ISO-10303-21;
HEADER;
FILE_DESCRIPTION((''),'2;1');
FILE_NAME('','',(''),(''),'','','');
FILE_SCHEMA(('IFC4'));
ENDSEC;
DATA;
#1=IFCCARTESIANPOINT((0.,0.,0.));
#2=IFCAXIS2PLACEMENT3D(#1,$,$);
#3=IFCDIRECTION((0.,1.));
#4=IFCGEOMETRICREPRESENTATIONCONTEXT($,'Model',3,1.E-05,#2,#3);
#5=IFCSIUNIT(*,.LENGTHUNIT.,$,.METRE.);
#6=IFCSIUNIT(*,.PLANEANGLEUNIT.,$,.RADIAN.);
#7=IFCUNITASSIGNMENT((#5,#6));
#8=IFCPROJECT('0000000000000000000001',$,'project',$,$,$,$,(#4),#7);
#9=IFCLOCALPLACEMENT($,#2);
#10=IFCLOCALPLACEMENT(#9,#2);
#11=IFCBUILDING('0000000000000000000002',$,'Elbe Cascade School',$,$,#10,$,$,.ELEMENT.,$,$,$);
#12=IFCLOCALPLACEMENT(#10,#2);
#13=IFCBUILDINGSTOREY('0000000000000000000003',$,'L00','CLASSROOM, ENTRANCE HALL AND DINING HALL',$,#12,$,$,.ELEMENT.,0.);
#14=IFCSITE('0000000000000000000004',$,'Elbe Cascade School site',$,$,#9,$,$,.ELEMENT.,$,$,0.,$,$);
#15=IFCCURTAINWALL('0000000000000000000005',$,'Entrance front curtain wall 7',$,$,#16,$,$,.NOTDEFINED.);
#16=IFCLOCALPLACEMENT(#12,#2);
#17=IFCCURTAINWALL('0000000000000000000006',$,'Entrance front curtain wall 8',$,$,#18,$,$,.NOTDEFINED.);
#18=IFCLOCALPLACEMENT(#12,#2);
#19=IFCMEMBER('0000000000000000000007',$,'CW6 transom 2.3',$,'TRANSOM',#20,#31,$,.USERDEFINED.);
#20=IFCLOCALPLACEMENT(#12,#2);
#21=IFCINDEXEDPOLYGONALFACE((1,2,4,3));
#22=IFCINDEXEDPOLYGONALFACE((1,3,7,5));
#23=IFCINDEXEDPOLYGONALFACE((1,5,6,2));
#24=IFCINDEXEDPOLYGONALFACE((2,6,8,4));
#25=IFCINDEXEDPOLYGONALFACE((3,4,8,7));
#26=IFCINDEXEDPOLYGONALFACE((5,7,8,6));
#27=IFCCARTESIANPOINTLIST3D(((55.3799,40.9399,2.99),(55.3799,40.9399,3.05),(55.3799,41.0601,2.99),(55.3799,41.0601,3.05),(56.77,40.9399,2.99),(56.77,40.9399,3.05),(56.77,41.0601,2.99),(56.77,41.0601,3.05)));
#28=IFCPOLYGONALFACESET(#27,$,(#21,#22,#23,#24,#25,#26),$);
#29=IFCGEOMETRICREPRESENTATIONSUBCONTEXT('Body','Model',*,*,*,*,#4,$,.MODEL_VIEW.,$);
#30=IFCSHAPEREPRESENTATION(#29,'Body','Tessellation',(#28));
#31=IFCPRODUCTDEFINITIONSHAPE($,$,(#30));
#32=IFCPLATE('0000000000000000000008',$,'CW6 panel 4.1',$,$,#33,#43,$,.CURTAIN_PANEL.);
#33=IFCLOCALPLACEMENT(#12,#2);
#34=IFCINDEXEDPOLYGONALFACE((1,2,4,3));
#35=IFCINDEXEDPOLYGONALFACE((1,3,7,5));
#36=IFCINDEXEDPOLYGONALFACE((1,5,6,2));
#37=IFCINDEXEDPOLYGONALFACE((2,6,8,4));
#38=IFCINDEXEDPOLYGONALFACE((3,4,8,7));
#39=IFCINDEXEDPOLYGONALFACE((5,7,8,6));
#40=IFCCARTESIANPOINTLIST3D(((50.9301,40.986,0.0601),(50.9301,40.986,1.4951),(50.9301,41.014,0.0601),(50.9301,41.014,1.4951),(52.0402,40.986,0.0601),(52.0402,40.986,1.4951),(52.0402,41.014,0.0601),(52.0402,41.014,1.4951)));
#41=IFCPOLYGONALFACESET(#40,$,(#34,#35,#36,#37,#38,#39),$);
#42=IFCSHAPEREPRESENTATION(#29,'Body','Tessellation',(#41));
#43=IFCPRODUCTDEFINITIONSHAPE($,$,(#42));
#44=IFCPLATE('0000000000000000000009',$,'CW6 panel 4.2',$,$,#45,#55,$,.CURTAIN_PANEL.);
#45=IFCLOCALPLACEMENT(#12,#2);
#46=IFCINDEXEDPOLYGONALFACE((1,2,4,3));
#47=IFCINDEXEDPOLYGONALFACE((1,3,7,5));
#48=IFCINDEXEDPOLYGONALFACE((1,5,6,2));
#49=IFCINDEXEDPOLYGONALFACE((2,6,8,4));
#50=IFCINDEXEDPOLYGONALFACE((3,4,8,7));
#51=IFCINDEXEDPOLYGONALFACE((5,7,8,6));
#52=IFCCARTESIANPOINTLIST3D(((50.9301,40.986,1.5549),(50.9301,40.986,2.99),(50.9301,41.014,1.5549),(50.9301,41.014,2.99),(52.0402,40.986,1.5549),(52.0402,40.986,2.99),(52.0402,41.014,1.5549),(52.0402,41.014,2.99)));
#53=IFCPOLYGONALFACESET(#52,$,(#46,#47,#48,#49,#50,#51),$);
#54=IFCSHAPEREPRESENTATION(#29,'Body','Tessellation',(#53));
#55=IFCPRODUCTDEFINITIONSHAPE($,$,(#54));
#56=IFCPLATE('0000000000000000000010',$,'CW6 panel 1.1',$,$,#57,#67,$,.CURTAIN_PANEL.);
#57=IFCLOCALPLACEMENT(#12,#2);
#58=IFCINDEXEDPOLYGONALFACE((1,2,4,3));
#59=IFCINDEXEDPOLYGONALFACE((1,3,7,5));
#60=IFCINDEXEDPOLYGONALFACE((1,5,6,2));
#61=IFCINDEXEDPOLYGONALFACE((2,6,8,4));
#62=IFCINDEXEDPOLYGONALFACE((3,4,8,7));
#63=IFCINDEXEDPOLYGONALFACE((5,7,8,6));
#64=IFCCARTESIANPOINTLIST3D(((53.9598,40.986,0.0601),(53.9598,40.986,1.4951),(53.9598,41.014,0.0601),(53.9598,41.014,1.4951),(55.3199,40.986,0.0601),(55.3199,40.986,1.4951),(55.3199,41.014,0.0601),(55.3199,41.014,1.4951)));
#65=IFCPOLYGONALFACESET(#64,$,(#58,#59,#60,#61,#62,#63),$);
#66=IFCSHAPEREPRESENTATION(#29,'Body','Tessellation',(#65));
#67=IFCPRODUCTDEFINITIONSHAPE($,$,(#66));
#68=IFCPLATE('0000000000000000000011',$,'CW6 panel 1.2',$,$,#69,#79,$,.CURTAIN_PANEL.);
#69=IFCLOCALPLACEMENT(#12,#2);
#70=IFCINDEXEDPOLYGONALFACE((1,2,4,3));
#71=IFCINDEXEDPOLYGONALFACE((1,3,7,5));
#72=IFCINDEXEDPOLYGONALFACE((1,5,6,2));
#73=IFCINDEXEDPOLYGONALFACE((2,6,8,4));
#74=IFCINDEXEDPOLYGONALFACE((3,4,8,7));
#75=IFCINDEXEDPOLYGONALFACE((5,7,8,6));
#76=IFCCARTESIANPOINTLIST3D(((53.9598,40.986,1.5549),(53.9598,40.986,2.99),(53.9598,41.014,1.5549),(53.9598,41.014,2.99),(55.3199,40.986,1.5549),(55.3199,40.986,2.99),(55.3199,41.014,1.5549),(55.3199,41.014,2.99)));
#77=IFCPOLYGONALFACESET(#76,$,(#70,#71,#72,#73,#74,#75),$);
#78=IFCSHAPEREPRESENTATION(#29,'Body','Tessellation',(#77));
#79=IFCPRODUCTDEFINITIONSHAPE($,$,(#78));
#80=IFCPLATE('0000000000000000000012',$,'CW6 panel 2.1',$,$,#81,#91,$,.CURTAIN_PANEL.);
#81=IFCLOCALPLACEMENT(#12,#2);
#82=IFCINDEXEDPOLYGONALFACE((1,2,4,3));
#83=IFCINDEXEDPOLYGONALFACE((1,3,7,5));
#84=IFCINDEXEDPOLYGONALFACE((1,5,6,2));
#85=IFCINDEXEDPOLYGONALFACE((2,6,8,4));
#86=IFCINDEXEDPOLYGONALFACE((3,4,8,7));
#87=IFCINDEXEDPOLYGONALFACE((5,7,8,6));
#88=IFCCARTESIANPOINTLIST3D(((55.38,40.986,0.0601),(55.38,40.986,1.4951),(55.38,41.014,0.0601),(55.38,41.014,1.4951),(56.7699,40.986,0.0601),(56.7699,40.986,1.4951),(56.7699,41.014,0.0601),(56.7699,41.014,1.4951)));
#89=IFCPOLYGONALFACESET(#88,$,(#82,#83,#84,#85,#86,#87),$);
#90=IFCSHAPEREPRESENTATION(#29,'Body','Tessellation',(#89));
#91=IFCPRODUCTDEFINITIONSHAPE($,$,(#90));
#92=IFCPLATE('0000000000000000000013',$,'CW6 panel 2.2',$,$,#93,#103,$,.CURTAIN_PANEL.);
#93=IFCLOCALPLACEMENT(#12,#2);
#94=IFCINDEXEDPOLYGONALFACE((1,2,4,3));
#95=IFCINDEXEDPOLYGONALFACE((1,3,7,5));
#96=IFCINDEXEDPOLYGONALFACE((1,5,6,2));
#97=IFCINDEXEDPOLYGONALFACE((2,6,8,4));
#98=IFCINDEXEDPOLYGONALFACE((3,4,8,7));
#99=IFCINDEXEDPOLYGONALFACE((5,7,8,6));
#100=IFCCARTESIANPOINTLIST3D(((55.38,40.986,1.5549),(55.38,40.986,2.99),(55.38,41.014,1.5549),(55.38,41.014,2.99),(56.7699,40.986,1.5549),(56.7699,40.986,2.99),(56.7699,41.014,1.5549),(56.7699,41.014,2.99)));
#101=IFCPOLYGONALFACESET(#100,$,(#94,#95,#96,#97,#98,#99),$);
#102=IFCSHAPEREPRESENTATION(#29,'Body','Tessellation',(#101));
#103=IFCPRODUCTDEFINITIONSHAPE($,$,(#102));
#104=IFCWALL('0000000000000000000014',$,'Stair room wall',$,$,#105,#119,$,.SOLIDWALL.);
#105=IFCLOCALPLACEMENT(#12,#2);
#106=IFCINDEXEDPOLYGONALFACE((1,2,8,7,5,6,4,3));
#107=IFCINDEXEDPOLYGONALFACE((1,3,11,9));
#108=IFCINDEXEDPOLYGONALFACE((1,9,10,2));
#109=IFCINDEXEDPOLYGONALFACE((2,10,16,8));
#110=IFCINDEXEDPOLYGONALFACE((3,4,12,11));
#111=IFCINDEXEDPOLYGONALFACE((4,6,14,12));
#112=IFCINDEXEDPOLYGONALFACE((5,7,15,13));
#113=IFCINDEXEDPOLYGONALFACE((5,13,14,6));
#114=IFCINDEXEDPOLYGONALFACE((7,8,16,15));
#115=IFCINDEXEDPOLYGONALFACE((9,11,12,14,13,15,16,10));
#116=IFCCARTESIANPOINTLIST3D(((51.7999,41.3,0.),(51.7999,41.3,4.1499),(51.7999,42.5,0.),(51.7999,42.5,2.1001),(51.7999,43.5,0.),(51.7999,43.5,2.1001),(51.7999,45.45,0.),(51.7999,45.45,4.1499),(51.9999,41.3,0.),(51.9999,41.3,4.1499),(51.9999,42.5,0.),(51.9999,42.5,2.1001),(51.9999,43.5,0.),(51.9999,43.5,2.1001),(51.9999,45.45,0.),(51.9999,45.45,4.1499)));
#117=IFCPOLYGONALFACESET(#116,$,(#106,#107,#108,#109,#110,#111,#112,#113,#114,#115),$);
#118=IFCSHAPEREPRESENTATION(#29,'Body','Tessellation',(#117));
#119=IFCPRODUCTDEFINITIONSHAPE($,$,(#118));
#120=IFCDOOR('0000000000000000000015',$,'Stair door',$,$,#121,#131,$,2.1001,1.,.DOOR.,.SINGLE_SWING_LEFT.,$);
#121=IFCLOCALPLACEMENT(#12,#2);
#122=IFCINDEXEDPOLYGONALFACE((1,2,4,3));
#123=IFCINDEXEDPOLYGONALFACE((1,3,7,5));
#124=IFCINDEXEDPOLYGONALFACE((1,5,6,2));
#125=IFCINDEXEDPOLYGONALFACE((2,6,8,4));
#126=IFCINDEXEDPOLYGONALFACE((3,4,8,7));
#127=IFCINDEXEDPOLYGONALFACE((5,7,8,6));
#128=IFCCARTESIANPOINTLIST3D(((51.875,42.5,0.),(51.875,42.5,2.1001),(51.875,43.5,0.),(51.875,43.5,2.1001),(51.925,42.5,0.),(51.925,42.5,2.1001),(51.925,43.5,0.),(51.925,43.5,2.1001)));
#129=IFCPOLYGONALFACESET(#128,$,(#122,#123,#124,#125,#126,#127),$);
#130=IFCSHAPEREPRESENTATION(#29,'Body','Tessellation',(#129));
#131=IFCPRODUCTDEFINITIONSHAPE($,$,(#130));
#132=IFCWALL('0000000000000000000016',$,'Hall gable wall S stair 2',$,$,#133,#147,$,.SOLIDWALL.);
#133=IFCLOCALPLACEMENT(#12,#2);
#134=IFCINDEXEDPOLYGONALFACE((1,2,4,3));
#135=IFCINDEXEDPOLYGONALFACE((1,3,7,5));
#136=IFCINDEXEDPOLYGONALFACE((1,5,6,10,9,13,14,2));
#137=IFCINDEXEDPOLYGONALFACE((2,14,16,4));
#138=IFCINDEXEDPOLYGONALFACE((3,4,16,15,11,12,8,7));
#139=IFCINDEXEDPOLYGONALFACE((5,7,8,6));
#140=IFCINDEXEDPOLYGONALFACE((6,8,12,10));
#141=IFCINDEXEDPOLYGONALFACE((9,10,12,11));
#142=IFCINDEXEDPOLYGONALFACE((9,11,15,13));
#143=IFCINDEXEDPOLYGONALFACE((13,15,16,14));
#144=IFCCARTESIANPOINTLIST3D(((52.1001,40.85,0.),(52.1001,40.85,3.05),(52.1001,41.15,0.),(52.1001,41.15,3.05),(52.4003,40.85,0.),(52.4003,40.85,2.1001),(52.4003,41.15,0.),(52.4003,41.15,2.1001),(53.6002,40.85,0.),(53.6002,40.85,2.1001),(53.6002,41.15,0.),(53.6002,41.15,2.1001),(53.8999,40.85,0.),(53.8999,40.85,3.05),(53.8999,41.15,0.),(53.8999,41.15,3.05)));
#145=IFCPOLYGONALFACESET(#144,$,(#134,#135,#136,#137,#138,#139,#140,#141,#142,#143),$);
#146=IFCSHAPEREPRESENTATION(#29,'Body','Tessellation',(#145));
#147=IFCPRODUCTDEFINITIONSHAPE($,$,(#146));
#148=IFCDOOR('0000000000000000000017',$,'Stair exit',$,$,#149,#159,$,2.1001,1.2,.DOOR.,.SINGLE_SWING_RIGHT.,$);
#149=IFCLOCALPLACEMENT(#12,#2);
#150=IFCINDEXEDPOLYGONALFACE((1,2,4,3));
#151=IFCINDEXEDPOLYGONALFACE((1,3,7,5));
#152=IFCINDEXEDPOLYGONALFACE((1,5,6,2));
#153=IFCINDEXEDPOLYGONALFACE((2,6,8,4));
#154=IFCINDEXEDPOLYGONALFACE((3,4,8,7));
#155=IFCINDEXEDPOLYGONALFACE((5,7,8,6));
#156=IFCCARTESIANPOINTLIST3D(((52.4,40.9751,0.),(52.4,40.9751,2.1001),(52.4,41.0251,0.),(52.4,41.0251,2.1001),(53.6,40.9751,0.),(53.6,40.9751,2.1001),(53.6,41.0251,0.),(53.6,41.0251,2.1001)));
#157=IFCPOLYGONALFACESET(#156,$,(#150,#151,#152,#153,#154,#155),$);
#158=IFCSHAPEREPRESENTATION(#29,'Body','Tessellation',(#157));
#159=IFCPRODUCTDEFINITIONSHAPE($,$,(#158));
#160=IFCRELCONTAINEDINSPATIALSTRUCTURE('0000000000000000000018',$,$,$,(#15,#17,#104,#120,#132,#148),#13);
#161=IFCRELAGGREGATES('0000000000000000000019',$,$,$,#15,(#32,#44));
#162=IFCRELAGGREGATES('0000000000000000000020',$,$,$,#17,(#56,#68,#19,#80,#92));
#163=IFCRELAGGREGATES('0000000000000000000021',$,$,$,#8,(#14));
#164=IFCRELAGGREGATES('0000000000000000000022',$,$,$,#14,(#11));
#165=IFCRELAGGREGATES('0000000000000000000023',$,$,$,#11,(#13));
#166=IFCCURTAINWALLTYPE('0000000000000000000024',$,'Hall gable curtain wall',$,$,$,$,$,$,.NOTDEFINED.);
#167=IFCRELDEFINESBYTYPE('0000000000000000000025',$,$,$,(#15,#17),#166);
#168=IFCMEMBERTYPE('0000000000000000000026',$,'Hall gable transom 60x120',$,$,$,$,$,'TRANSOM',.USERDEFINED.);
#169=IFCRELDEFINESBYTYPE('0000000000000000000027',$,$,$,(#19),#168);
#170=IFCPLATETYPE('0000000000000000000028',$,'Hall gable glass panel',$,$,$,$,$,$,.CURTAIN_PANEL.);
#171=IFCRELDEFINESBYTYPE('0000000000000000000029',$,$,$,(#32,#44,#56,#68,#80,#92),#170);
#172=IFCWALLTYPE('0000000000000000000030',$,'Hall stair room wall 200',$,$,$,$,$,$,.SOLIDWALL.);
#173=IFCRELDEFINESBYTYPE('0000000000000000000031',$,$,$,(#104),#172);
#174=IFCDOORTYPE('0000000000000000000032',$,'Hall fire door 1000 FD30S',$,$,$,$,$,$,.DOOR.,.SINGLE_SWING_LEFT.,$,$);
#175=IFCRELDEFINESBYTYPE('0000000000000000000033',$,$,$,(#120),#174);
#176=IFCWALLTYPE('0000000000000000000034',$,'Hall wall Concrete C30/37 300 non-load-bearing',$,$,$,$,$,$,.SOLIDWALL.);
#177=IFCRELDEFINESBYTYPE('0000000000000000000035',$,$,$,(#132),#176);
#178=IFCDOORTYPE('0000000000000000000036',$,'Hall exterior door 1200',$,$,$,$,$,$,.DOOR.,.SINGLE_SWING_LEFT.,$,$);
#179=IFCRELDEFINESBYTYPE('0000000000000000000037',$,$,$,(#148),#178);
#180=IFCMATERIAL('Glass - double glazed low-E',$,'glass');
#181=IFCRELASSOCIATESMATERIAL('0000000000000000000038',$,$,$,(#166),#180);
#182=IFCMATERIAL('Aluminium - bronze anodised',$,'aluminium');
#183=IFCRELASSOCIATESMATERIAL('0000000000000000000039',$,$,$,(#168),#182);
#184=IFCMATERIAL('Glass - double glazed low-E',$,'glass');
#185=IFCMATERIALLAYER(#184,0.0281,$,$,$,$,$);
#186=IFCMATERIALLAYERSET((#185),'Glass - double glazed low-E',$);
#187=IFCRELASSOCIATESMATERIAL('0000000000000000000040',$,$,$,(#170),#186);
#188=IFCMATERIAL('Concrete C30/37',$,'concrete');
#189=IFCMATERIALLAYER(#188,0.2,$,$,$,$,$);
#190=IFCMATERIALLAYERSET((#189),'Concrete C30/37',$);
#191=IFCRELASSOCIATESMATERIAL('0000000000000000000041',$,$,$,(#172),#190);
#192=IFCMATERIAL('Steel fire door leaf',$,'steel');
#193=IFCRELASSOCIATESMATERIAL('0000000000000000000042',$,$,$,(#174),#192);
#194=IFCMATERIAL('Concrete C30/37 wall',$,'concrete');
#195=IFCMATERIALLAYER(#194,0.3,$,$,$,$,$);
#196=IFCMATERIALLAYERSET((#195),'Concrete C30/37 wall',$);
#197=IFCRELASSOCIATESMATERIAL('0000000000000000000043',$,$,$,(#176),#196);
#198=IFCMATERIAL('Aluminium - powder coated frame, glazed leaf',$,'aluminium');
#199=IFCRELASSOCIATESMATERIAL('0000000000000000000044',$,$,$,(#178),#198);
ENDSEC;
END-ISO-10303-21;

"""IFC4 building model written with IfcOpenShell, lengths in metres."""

from ifc_helpers import new_model, si_unit, direction, frame, frame_2d, origin, origin_2d, place, context, subcontext, project, spatial, rectangle, extrude, material, layer, layer_set, material_profile, profile_set, type_object, element, fill, aggregate, save


model = new_model("IFC4")

# Units and contexts
model_context = context("Model", 3, precision=1e-05, world=origin(), true_north=direction((0.0, 1.0)))
body_context = subcontext(model_context, "Body", "Model", "MODEL_VIEW")
ifc_project = project(units=[si_unit("LENGTHUNIT", "METRE"), si_unit("PLANEANGLEUNIT", "RADIAN")], contexts=[model_context])

# Site, building, storey
site_placement = place(None, origin())
site = spatial("IfcSite", under=ifc_project, at=site_placement, Name="Elbe Cascade School site", CompositionType="ELEMENT", RefElevation=0.0)
building_placement = place(site_placement, origin())
building = spatial("IfcBuilding", under=site, at=building_placement, Name="Elbe Cascade School", CompositionType="ELEMENT")
storey_placement = place(building_placement, origin())
storey = spatial("IfcBuildingStorey", under=building, at=storey_placement, Name="L00", Description="CLASSROOM, ENTRANCE HALL AND DINING HALL", CompositionType="ELEMENT", Elevation=0.0)

# Curtain wall
ifc_material_1 = material(Name="Glass - double glazed low-E", Category="glass")
curtain_wall_type = type_object("IfcCurtainWallType", Name="Hall gable curtain wall", PredefinedType="NOTDEFINED", material=ifc_material_1)
curtain_wall_1_placement = place(storey_placement, origin())
curtain_wall_1 = element("IfcCurtainWall", 1, at=curtain_wall_1_placement, inside=storey, type_object=curtain_wall_type, Name="Entrance front curtain wall 7", PredefinedType="NOTDEFINED")

# Curtain wall, member
curtain_wall_2_placement = place(storey_placement, origin())
curtain_wall_2 = element("IfcCurtainWall", 2, at=curtain_wall_2_placement, inside=storey, type_object=curtain_wall_type, Name="Entrance front curtain wall 8", PredefinedType="NOTDEFINED")
ifc_material_2 = material(Name="Aluminium - bronze anodised", Category="aluminium")
ifc_material_profile_1 = material_profile(ifc_material_2, rectangle(XDim=0.1201, YDim=0.0601, at=origin_2d()), Name="Alu 60x120")
ifc_profile_set_1 = profile_set([ifc_material_profile_1], Name="Aluminium - bronze anodised")
member_type_1 = type_object("IfcMemberType", Name="Hall gable transom 60x120", ElementType="TRANSOM", PredefinedType="USERDEFINED", material=ifc_profile_set_1)
member_1_placement = place(storey_placement, frame((55.3799, 41.0, 3.02), z_axis=(1.0, 0.0, 0.0), x_axis=(0.0, 1.0, 0.0)))
member_1 = element("IfcMember", 3, at=member_1_placement, type_object=member_type_1, Name="CW6 transom 2.3", ObjectType="TRANSOM", PredefinedType="USERDEFINED", context=body_context, shape_type="SweptSolid", body=[
    extrude(rectangle(XDim=0.1201, YDim=0.0601, at=origin_2d()), origin(), (0.0, 0.0, 1.0), 1.3901),
])

# Plates
ifc_material_3 = material(Name="Glass - double glazed low-E", Category="glass")
ifc_layer_1 = layer(ifc_material_3, 0.0281)
ifc_layer_set_1 = layer_set([ifc_layer_1], Name="Glass - double glazed low-E")
plate_type = type_object("IfcPlateType", Name="Hall gable glass panel", PredefinedType="CURTAIN_PANEL", material=ifc_layer_set_1)
plate_1_placement = place(storey_placement, frame((51.4851, 41.0, 0.0601), z_axis=(0.0, 0.0, 1.0), x_axis=(1.0, 0.0, 0.0)))
plate_1 = element("IfcPlate", 4, at=plate_1_placement, type_object=plate_type, Name="CW6 panel 4.1", PredefinedType="CURTAIN_PANEL", context=body_context, shape_type="SweptSolid", body=[
    extrude(rectangle(XDim=1.1101, YDim=0.0281, at=origin_2d()), origin(), (0.0, 0.0, 1.0), 1.4351),
])
plate_2_placement = place(storey_placement, frame((51.4851, 41.0, 1.5549), z_axis=(0.0, 0.0, 1.0), x_axis=(1.0, 0.0, 0.0)))
plate_2 = element("IfcPlate", 5, at=plate_2_placement, type_object=plate_type, Name="CW6 panel 4.2", PredefinedType="CURTAIN_PANEL", context=body_context, shape_type="SweptSolid", body=[
    extrude(rectangle(XDim=1.1101, YDim=0.0281, at=origin_2d()), origin(), (0.0, 0.0, 1.0), 1.4351),
])
aggregate(curtain_wall_1, [plate_1, plate_2])
plate_3_placement = place(storey_placement, frame((54.6399, 41.0, 0.0601), z_axis=(0.0, 0.0, 1.0), x_axis=(1.0, 0.0, 0.0)))
plate_3 = element("IfcPlate", 6, at=plate_3_placement, type_object=plate_type, Name="CW6 panel 1.1", PredefinedType="CURTAIN_PANEL", context=body_context, shape_type="SweptSolid", body=[
    extrude(rectangle(XDim=1.3601, YDim=0.0281, at=origin_2d()), origin(), (0.0, 0.0, 1.0), 1.4351),
])
plate_4_placement = place(storey_placement, frame((54.6399, 41.0, 1.5549), z_axis=(0.0, 0.0, 1.0), x_axis=(1.0, 0.0, 0.0)))
plate_4 = element("IfcPlate", 7, at=plate_4_placement, type_object=plate_type, Name="CW6 panel 1.2", PredefinedType="CURTAIN_PANEL", context=body_context, shape_type="SweptSolid", body=[
    extrude(rectangle(XDim=1.3601, YDim=0.0281, at=origin_2d()), origin(), (0.0, 0.0, 1.0), 1.4351),
])
plate_5_placement = place(storey_placement, frame((56.075, 41.0, 0.0601), z_axis=(0.0, 0.0, 1.0), x_axis=(1.0, 0.0, 0.0)))
plate_5 = element("IfcPlate", 8, at=plate_5_placement, type_object=plate_type, Name="CW6 panel 2.1", PredefinedType="CURTAIN_PANEL", context=body_context, shape_type="SweptSolid", body=[
    extrude(rectangle(XDim=1.3899, YDim=0.0281, at=origin_2d()), origin(), (0.0, 0.0, 1.0), 1.4351),
])
plate_6_placement = place(storey_placement, frame((56.075, 41.0, 1.5549), z_axis=(0.0, 0.0, 1.0), x_axis=(1.0, 0.0, 0.0)))
plate_6 = element("IfcPlate", 9, at=plate_6_placement, type_object=plate_type, Name="CW6 panel 2.2", PredefinedType="CURTAIN_PANEL", context=body_context, shape_type="SweptSolid", body=[
    extrude(rectangle(XDim=1.3899, YDim=0.0281, at=origin_2d()), origin(), (0.0, 0.0, 1.0), 1.4351),
])
aggregate(curtain_wall_2, [plate_3, plate_4, member_1, plate_5, plate_6])

# Walls, openings, doors
ifc_material_4 = material(Name="Concrete C30/37", Category="concrete")
ifc_layer_2 = layer(ifc_material_4, 0.2)
ifc_layer_set_2 = layer_set([ifc_layer_2], Name="Concrete C30/37")
wall_type_1 = type_object("IfcWallType", Name="Hall stair room wall 200", PredefinedType="SOLIDWALL", material=ifc_layer_set_2)
wall_1_placement = place(storey_placement, frame((51.8999, 41.3, 0.0), z_axis=(0.0, 0.0, 1.0), x_axis=(0.0, 1.0, 0.0)))
wall_1 = element("IfcWall", 10, at=wall_1_placement, inside=storey, type_object=wall_type_1, Name="Stair room wall", PredefinedType="SOLIDWALL", context=body_context, shape_type="SweptSolid", body=[
    extrude(rectangle(XDim=4.1499, YDim=0.2, at=frame_2d((2.075, 0.0))), origin(), (0.0, 0.0, 1.0), 4.1499),
])
opening_1_placement = place(wall_1_placement, frame((1.2, 0.0, 0.0)))
opening_1 = element("IfcOpeningElement", 11, at=opening_1_placement, cuts=wall_1, PredefinedType="OPENING", context=body_context, shape_type="SweptSolid", body=[
    extrude(rectangle(XDim=1.0, YDim=2.1001, at=frame_2d((0.5, 1.05))), frame((0.0, 0.1099, 0.0), z_axis=(0.0, -1.0, 0.0), x_axis=(1.0, 0.0, 0.0)), (0.0, 0.0, 1.0), 0.22),
])
ifc_material_5 = material(Name="Steel fire door leaf", Category="steel")
door_type_1 = type_object("IfcDoorType", Name="Hall fire door 1000 FD30S", OperationType="SINGLE_SWING_LEFT", PredefinedType="DOOR", material=ifc_material_5)
door_1_placement = place(opening_1_placement, origin())
door_1 = element("IfcDoor", 12, at=door_1_placement, inside=storey, type_object=door_type_1, Name="Stair door", OperationType="SINGLE_SWING_LEFT", OverallHeight=2.1001, OverallWidth=1.0, PredefinedType="DOOR", context=body_context, shape_type="SweptSolid", body=[
    extrude(rectangle(XDim=1.0, YDim=2.1001, at=frame_2d((0.5, 1.05))), frame((0.0, 0.0249, 0.0), z_axis=(0.0, -1.0, 0.0), x_axis=(1.0, 0.0, 0.0)), (0.0, 0.0, 1.0), 0.05),
])
fill(opening_1, door_1)
ifc_material_6 = material(Name="Concrete C30/37 wall", Category="concrete")
ifc_layer_3 = layer(ifc_material_6, 0.3)
ifc_layer_set_3 = layer_set([ifc_layer_3], Name="Concrete C30/37 wall")
wall_type_2 = type_object("IfcWallType", Name="Hall wall Concrete C30/37 300 non-load-bearing", PredefinedType="SOLIDWALL", material=ifc_layer_set_3)
wall_2_placement = place(storey_placement, frame((52.1001, 41.0, 0.0), z_axis=(0.0, 0.0, 1.0), x_axis=(1.0, 0.0, 0.0)))
wall_2 = element("IfcWall", 13, at=wall_2_placement, inside=storey, type_object=wall_type_2, Name="Hall gable wall S stair 2", PredefinedType="SOLIDWALL", context=body_context, shape_type="SweptSolid", body=[
    extrude(rectangle(XDim=1.7998, YDim=0.3, at=frame_2d((0.8999, 0.0))), origin(), (0.0, 0.0, 1.0), 3.05),
])
opening_2_placement = place(wall_2_placement, frame((0.3, 0.0, 0.0)))
opening_2 = element("IfcOpeningElement", 14, at=opening_2_placement, cuts=wall_2, PredefinedType="OPENING", context=body_context, shape_type="SweptSolid", body=[
    extrude(rectangle(XDim=1.2, YDim=2.1001, at=frame_2d((0.6001, 1.05))), frame((0.0, 0.1599, 0.0), z_axis=(0.0, -1.0, 0.0), x_axis=(1.0, 0.0, 0.0)), (0.0, 0.0, 1.0), 0.3201),
])
ifc_material_7 = material(Name="Aluminium - powder coated frame, glazed leaf", Category="aluminium")
door_type_2 = type_object("IfcDoorType", Name="Hall exterior door 1200", OperationType="SINGLE_SWING_LEFT", PredefinedType="DOOR", material=ifc_material_7)
door_2_placement = place(opening_2_placement, frame((1.2, 0.0, 0.0), z_axis=(0.0, 0.0, 1.0), x_axis=(-1.0, 0.0, 0.0)))
door_2 = element("IfcDoor", 15, at=door_2_placement, inside=storey, type_object=door_type_2, Name="Stair exit", OperationType="SINGLE_SWING_RIGHT", OverallHeight=2.1001, OverallWidth=1.2, PredefinedType="DOOR", context=body_context, shape_type="SweptSolid", body=[
    extrude(rectangle(XDim=1.2, YDim=2.1001, at=frame_2d((0.6001, 1.05))), frame((0.0, 0.0249, 0.0), z_axis=(0.0, -1.0, 0.0), x_axis=(1.0, 0.0, 0.0)), (0.0, 0.0, 1.0), 0.05),
])
fill(opening_2, door_2)

save(model, "model.ifc")
